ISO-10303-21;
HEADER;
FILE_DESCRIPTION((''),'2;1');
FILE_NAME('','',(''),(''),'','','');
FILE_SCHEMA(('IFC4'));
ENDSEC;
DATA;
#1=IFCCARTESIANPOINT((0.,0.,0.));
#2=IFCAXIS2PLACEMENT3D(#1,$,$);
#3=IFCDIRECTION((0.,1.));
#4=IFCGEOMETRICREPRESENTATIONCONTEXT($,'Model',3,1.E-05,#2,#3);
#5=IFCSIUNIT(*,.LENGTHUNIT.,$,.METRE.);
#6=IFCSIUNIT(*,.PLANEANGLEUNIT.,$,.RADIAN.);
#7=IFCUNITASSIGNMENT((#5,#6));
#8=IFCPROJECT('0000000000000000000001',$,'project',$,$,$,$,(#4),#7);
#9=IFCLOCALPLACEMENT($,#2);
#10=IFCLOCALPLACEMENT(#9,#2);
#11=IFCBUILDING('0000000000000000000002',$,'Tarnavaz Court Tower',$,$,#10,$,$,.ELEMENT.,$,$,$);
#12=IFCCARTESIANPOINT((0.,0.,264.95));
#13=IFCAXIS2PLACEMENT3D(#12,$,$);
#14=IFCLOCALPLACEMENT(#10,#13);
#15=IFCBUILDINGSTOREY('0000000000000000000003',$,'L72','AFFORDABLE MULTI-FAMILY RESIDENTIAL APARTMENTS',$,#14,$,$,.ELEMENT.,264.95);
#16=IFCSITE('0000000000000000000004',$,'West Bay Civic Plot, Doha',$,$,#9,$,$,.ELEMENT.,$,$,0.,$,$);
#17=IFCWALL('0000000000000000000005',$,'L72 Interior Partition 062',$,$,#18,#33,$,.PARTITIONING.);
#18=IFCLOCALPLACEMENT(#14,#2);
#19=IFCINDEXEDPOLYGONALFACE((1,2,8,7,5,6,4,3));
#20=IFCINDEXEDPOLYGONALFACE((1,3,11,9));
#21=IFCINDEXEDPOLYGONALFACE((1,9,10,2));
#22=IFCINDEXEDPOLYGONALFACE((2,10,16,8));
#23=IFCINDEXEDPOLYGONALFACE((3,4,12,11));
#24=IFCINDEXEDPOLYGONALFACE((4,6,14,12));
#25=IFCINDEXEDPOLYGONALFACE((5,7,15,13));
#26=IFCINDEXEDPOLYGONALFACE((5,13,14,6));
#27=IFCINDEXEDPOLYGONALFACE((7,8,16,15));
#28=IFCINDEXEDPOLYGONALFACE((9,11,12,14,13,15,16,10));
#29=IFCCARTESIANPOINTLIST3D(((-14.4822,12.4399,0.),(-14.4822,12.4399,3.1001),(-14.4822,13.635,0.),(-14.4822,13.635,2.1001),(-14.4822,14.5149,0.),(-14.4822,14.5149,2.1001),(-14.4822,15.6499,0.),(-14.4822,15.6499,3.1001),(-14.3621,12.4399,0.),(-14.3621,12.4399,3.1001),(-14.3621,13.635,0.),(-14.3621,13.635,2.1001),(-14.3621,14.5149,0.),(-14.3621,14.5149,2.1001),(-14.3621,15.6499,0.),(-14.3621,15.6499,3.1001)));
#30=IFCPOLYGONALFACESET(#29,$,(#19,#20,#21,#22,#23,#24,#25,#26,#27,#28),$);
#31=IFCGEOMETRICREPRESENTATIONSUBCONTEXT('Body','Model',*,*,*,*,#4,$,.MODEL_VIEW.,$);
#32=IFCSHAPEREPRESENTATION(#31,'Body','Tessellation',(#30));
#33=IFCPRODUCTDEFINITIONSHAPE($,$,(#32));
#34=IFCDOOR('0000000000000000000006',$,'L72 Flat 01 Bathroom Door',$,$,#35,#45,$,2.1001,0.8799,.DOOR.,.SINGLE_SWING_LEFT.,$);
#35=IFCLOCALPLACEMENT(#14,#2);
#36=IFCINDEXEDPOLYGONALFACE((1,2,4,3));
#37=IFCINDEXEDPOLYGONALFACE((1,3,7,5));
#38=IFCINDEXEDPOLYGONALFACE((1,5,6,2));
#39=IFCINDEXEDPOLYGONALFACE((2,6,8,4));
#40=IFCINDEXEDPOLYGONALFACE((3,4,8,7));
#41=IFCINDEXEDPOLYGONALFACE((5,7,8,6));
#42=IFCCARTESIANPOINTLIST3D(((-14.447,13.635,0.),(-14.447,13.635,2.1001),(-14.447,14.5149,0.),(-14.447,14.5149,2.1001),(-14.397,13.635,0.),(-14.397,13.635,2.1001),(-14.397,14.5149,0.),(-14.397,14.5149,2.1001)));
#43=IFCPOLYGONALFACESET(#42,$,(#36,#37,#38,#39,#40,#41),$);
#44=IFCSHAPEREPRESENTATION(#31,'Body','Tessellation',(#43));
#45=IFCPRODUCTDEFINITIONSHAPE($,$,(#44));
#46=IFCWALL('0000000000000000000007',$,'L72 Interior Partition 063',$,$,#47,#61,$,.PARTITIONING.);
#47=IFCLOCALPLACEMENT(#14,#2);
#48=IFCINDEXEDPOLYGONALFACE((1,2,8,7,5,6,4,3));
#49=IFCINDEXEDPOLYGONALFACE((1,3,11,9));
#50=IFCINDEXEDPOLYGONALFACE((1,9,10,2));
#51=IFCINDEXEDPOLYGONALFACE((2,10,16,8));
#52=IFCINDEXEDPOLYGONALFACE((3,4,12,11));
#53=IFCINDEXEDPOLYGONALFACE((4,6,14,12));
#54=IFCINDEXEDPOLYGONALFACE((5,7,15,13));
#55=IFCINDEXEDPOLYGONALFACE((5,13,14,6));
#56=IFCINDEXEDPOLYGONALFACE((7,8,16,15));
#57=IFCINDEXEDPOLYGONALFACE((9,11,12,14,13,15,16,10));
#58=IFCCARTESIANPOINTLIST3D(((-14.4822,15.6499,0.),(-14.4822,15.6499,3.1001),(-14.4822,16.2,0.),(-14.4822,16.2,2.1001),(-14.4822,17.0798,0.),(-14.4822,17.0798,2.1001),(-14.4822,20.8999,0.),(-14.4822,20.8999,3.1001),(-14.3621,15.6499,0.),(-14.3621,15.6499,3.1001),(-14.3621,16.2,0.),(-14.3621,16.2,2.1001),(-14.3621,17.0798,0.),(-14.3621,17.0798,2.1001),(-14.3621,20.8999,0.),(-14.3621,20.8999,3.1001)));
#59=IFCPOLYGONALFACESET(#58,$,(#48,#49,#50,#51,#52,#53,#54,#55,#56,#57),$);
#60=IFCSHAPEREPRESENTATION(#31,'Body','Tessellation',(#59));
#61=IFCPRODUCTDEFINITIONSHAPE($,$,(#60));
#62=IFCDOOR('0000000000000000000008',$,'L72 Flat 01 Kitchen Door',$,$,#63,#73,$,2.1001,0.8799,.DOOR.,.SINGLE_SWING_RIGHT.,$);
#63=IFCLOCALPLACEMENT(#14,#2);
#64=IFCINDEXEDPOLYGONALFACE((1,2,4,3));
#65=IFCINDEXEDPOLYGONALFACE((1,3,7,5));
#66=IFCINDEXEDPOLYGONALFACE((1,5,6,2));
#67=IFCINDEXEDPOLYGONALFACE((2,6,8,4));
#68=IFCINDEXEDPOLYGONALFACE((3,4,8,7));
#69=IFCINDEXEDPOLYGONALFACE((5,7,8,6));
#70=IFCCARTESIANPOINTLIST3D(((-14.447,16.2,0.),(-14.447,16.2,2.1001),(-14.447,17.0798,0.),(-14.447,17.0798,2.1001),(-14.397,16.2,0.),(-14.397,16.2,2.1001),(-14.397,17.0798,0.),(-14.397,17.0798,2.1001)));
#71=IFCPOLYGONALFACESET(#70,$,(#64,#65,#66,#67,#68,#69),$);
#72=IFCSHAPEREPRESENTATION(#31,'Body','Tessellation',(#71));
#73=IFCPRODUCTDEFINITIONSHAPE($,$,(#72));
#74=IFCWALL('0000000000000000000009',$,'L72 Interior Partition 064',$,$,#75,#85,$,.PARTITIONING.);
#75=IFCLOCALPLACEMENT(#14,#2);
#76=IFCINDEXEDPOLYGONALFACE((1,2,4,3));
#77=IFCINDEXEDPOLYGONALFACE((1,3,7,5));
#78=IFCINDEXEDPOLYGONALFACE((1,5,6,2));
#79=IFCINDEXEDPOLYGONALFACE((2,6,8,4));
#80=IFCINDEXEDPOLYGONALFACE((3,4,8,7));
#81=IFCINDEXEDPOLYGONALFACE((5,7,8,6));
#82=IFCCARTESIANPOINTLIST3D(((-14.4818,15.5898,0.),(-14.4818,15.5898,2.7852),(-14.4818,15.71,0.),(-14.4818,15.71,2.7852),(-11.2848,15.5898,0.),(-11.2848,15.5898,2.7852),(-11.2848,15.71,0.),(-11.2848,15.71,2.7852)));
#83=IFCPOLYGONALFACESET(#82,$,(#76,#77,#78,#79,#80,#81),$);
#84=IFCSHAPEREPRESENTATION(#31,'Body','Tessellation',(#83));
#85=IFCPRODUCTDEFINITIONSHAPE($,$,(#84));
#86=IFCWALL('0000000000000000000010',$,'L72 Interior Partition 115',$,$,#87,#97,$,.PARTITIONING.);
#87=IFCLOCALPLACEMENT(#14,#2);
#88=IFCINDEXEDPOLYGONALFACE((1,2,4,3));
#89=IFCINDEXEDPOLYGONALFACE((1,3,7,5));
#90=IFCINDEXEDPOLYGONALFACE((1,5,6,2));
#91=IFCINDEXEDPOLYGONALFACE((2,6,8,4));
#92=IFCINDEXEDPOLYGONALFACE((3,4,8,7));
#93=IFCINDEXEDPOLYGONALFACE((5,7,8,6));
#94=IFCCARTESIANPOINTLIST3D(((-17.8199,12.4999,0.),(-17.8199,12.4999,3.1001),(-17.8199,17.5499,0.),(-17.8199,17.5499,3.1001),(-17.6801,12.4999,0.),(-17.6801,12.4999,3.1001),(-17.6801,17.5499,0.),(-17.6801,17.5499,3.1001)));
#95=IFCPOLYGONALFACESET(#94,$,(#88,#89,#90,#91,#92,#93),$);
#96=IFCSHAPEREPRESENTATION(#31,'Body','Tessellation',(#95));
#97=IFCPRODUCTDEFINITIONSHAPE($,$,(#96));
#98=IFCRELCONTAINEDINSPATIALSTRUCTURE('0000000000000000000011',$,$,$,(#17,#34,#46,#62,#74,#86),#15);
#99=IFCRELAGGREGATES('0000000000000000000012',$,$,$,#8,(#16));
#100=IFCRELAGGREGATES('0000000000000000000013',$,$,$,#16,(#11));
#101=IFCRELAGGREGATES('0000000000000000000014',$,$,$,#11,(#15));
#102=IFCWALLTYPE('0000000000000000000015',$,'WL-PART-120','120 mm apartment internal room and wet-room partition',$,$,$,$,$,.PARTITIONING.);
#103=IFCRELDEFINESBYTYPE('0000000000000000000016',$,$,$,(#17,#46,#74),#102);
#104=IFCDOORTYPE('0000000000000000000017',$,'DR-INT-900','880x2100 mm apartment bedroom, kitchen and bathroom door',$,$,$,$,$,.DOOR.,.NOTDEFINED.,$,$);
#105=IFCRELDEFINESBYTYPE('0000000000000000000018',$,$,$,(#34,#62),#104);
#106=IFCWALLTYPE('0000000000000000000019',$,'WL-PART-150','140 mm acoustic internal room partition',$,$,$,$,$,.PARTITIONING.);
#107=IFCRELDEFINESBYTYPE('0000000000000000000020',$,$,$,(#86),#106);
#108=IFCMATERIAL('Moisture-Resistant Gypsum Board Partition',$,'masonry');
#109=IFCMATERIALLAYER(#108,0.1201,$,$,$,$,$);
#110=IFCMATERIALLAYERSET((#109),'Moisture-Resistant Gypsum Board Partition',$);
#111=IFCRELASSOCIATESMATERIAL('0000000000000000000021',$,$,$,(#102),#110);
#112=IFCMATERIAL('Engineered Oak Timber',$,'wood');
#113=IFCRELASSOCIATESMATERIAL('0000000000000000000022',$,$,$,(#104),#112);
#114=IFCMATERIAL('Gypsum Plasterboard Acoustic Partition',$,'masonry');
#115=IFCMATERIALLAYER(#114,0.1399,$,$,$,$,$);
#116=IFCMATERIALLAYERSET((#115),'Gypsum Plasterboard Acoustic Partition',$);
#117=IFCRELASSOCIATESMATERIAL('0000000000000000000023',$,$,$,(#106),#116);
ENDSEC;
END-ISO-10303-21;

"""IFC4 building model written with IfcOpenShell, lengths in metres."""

from ifc_helpers import new_model, si_unit, direction, frame, frame_2d, origin, place, context, subcontext, project, spatial, rectangle, extrude, material, layer, layer_set, type_object, element, fill, save


model = new_model("IFC4")

# Units and contexts
model_context = context("Model", 3, precision=1e-05, world=origin(), true_north=direction((0.0, 1.0)))
body_context = subcontext(model_context, "Body", "Model", "MODEL_VIEW")
ifc_project = project(units=[si_unit("LENGTHUNIT", "METRE"), si_unit("PLANEANGLEUNIT", "RADIAN")], contexts=[model_context])

# Site, building, storey
site_placement = place(None, origin())
site = spatial("IfcSite", under=ifc_project, at=site_placement, Name="West Bay Civic Plot, Doha", CompositionType="ELEMENT", RefElevation=0.0)
building_placement = place(site_placement, origin())
building = spatial("IfcBuilding", under=site, at=building_placement, Name="Tarnavaz Court Tower", CompositionType="ELEMENT")
storey_placement = place(building_placement, frame((0.0, 0.0, 264.95)))
storey = spatial("IfcBuildingStorey", under=building, at=storey_placement, Name="L72", Description="AFFORDABLE MULTI-FAMILY RESIDENTIAL APARTMENTS", CompositionType="ELEMENT", Elevation=264.95)

# Walls, openings, doors
ifc_material_1 = material(Name="Engineered Oak Timber", Category="wood")
ifc_material_2 = material(Name="Moisture-Resistant Gypsum Board Partition", Category="masonry")
ifc_layer_1 = layer(ifc_material_2, 0.1201)
ifc_layer_set_1 = layer_set([ifc_layer_1], Name="Moisture-Resistant Gypsum Board Partition")
wall_type_1 = type_object("IfcWallType", Name="WL-PART-120", Description="120 mm apartment internal room and wet-room partition", PredefinedType="PARTITIONING", material=ifc_layer_set_1)
wall_1_placement = place(storey_placement, frame((-14.4221, 12.4399, 0.0), z_axis=(0.0, 0.0, 1.0), x_axis=(0.0, 1.0, 0.0)))
wall_1 = element("IfcWall", 1, at=wall_1_placement, inside=storey, type_object=wall_type_1, Name="L72 Interior Partition 062", PredefinedType="PARTITIONING", context=body_context, shape_type="SweptSolid", body=[
    extrude(rectangle(XDim=3.21, YDim=0.1201, at=frame_2d((1.605, 0.0))), origin(), (0.0, 0.0, 1.0), 3.1001),
])
opening_1_placement = place(wall_1_placement, frame((1.1951, 0.0, 0.0)))
opening_1 = element("IfcOpeningElement", 2, at=opening_1_placement, cuts=wall_1, PredefinedType="OPENING", context=body_context, shape_type="SweptSolid", body=[
    extrude(rectangle(XDim=0.8799, YDim=2.1001, at=frame_2d((0.4399, 1.05))), frame((0.0, 0.0701, 0.0), z_axis=(0.0, -1.0, 0.0), x_axis=(1.0, 0.0, 0.0)), (0.0, 0.0, 1.0), 0.1401),
])
door_type_1 = type_object("IfcDoorType", Name="DR-INT-900", Description="880x2100 mm apartment bedroom, kitchen and bathroom door", OperationType="NOTDEFINED", PredefinedType="DOOR", material=ifc_material_1)
door_1_placement = place(opening_1_placement, origin())
door_1 = element("IfcDoor", 3, at=door_1_placement, inside=storey, type_object=door_type_1, Name="L72 Flat 01 Bathroom Door", OperationType="SINGLE_SWING_LEFT", OverallHeight=2.1001, OverallWidth=0.8799, PredefinedType="DOOR", context=body_context, shape_type="SweptSolid", body=[
    extrude(rectangle(XDim=0.8799, YDim=2.1001, at=frame_2d((0.4399, 1.05))), frame((0.0, 0.0249, 0.0), z_axis=(0.0, -1.0, 0.0), x_axis=(1.0, 0.0, 0.0)), (0.0, 0.0, 1.0), 0.05),
])
fill(opening_1, door_1)
wall_2_placement = place(storey_placement, frame((-14.4221, 15.6499, 0.0), z_axis=(0.0, 0.0, 1.0), x_axis=(0.0, 1.0, 0.0)))
wall_2 = element("IfcWall", 4, at=wall_2_placement, inside=storey, type_object=wall_type_1, Name="L72 Interior Partition 063", PredefinedType="PARTITIONING", context=body_context, shape_type="SweptSolid", body=[
    extrude(rectangle(XDim=5.25, YDim=0.1201, at=frame_2d((2.625, 0.0))), origin(), (0.0, 0.0, 1.0), 3.1001),
])
opening_2_placement = place(wall_2_placement, frame((0.55, 0.0, 0.0)))
opening_2 = element("IfcOpeningElement", 5, at=opening_2_placement, cuts=wall_2, PredefinedType="OPENING", context=body_context, shape_type="SweptSolid", body=[
    extrude(rectangle(XDim=0.8799, YDim=2.1001, at=frame_2d((0.4399, 1.05))), frame((0.0, 0.0701, 0.0), z_axis=(0.0, -1.0, 0.0), x_axis=(1.0, 0.0, 0.0)), (0.0, 0.0, 1.0), 0.1401),
])
door_2_placement = place(opening_2_placement, origin())
door_2 = element("IfcDoor", 6, at=door_2_placement, inside=storey, type_object=door_type_1, Name="L72 Flat 01 Kitchen Door", OperationType="SINGLE_SWING_RIGHT", OverallHeight=2.1001, OverallWidth=0.8799, PredefinedType="DOOR", context=body_context, shape_type="SweptSolid", body=[
    extrude(rectangle(XDim=0.8799, YDim=2.1001, at=frame_2d((0.4399, 1.05))), frame((0.0, 0.0249, 0.0), z_axis=(0.0, -1.0, 0.0), x_axis=(1.0, 0.0, 0.0)), (0.0, 0.0, 1.0), 0.05),
])
fill(opening_2, door_2)

# Walls
wall_3_placement = place(storey_placement, frame((-14.4819, 15.6499, 0.0), z_axis=(0.0, 0.0, 1.0), x_axis=(1.0, 0.0, 0.0)))
element("IfcWall", 7, at=wall_3_placement, inside=storey, type_object=wall_type_1, Name="L72 Interior Partition 064", PredefinedType="PARTITIONING", context=body_context, shape_type="SweptSolid", body=[
    extrude(rectangle(XDim=3.197, YDim=0.1201, at=frame_2d((1.5986, 0.0))), origin(), (0.0, 0.0, 1.0), 2.7852),
])
ifc_material_3 = material(Name="Gypsum Plasterboard Acoustic Partition", Category="masonry")
ifc_layer_2 = layer(ifc_material_3, 0.1399)
ifc_layer_set_2 = layer_set([ifc_layer_2], Name="Gypsum Plasterboard Acoustic Partition")
wall_type_2 = type_object("IfcWallType", Name="WL-PART-150", Description="140 mm acoustic internal room partition", PredefinedType="PARTITIONING", material=ifc_layer_set_2)
wall_4_placement = place(storey_placement, frame((-17.75, 12.5, 0.0), z_axis=(0.0, 0.0, 1.0), x_axis=(0.0, 1.0, 0.0)))
element("IfcWall", 8, at=wall_4_placement, inside=storey, type_object=wall_type_2, Name="L72 Interior Partition 115", PredefinedType="PARTITIONING", context=body_context, shape_type="SweptSolid", body=[
    extrude(rectangle(XDim=5.05, YDim=0.1399, at=frame_2d((2.5249, 0.0))), origin(), (0.0, 0.0, 1.0), 3.1001),
])

save(model, "model.ifc")
